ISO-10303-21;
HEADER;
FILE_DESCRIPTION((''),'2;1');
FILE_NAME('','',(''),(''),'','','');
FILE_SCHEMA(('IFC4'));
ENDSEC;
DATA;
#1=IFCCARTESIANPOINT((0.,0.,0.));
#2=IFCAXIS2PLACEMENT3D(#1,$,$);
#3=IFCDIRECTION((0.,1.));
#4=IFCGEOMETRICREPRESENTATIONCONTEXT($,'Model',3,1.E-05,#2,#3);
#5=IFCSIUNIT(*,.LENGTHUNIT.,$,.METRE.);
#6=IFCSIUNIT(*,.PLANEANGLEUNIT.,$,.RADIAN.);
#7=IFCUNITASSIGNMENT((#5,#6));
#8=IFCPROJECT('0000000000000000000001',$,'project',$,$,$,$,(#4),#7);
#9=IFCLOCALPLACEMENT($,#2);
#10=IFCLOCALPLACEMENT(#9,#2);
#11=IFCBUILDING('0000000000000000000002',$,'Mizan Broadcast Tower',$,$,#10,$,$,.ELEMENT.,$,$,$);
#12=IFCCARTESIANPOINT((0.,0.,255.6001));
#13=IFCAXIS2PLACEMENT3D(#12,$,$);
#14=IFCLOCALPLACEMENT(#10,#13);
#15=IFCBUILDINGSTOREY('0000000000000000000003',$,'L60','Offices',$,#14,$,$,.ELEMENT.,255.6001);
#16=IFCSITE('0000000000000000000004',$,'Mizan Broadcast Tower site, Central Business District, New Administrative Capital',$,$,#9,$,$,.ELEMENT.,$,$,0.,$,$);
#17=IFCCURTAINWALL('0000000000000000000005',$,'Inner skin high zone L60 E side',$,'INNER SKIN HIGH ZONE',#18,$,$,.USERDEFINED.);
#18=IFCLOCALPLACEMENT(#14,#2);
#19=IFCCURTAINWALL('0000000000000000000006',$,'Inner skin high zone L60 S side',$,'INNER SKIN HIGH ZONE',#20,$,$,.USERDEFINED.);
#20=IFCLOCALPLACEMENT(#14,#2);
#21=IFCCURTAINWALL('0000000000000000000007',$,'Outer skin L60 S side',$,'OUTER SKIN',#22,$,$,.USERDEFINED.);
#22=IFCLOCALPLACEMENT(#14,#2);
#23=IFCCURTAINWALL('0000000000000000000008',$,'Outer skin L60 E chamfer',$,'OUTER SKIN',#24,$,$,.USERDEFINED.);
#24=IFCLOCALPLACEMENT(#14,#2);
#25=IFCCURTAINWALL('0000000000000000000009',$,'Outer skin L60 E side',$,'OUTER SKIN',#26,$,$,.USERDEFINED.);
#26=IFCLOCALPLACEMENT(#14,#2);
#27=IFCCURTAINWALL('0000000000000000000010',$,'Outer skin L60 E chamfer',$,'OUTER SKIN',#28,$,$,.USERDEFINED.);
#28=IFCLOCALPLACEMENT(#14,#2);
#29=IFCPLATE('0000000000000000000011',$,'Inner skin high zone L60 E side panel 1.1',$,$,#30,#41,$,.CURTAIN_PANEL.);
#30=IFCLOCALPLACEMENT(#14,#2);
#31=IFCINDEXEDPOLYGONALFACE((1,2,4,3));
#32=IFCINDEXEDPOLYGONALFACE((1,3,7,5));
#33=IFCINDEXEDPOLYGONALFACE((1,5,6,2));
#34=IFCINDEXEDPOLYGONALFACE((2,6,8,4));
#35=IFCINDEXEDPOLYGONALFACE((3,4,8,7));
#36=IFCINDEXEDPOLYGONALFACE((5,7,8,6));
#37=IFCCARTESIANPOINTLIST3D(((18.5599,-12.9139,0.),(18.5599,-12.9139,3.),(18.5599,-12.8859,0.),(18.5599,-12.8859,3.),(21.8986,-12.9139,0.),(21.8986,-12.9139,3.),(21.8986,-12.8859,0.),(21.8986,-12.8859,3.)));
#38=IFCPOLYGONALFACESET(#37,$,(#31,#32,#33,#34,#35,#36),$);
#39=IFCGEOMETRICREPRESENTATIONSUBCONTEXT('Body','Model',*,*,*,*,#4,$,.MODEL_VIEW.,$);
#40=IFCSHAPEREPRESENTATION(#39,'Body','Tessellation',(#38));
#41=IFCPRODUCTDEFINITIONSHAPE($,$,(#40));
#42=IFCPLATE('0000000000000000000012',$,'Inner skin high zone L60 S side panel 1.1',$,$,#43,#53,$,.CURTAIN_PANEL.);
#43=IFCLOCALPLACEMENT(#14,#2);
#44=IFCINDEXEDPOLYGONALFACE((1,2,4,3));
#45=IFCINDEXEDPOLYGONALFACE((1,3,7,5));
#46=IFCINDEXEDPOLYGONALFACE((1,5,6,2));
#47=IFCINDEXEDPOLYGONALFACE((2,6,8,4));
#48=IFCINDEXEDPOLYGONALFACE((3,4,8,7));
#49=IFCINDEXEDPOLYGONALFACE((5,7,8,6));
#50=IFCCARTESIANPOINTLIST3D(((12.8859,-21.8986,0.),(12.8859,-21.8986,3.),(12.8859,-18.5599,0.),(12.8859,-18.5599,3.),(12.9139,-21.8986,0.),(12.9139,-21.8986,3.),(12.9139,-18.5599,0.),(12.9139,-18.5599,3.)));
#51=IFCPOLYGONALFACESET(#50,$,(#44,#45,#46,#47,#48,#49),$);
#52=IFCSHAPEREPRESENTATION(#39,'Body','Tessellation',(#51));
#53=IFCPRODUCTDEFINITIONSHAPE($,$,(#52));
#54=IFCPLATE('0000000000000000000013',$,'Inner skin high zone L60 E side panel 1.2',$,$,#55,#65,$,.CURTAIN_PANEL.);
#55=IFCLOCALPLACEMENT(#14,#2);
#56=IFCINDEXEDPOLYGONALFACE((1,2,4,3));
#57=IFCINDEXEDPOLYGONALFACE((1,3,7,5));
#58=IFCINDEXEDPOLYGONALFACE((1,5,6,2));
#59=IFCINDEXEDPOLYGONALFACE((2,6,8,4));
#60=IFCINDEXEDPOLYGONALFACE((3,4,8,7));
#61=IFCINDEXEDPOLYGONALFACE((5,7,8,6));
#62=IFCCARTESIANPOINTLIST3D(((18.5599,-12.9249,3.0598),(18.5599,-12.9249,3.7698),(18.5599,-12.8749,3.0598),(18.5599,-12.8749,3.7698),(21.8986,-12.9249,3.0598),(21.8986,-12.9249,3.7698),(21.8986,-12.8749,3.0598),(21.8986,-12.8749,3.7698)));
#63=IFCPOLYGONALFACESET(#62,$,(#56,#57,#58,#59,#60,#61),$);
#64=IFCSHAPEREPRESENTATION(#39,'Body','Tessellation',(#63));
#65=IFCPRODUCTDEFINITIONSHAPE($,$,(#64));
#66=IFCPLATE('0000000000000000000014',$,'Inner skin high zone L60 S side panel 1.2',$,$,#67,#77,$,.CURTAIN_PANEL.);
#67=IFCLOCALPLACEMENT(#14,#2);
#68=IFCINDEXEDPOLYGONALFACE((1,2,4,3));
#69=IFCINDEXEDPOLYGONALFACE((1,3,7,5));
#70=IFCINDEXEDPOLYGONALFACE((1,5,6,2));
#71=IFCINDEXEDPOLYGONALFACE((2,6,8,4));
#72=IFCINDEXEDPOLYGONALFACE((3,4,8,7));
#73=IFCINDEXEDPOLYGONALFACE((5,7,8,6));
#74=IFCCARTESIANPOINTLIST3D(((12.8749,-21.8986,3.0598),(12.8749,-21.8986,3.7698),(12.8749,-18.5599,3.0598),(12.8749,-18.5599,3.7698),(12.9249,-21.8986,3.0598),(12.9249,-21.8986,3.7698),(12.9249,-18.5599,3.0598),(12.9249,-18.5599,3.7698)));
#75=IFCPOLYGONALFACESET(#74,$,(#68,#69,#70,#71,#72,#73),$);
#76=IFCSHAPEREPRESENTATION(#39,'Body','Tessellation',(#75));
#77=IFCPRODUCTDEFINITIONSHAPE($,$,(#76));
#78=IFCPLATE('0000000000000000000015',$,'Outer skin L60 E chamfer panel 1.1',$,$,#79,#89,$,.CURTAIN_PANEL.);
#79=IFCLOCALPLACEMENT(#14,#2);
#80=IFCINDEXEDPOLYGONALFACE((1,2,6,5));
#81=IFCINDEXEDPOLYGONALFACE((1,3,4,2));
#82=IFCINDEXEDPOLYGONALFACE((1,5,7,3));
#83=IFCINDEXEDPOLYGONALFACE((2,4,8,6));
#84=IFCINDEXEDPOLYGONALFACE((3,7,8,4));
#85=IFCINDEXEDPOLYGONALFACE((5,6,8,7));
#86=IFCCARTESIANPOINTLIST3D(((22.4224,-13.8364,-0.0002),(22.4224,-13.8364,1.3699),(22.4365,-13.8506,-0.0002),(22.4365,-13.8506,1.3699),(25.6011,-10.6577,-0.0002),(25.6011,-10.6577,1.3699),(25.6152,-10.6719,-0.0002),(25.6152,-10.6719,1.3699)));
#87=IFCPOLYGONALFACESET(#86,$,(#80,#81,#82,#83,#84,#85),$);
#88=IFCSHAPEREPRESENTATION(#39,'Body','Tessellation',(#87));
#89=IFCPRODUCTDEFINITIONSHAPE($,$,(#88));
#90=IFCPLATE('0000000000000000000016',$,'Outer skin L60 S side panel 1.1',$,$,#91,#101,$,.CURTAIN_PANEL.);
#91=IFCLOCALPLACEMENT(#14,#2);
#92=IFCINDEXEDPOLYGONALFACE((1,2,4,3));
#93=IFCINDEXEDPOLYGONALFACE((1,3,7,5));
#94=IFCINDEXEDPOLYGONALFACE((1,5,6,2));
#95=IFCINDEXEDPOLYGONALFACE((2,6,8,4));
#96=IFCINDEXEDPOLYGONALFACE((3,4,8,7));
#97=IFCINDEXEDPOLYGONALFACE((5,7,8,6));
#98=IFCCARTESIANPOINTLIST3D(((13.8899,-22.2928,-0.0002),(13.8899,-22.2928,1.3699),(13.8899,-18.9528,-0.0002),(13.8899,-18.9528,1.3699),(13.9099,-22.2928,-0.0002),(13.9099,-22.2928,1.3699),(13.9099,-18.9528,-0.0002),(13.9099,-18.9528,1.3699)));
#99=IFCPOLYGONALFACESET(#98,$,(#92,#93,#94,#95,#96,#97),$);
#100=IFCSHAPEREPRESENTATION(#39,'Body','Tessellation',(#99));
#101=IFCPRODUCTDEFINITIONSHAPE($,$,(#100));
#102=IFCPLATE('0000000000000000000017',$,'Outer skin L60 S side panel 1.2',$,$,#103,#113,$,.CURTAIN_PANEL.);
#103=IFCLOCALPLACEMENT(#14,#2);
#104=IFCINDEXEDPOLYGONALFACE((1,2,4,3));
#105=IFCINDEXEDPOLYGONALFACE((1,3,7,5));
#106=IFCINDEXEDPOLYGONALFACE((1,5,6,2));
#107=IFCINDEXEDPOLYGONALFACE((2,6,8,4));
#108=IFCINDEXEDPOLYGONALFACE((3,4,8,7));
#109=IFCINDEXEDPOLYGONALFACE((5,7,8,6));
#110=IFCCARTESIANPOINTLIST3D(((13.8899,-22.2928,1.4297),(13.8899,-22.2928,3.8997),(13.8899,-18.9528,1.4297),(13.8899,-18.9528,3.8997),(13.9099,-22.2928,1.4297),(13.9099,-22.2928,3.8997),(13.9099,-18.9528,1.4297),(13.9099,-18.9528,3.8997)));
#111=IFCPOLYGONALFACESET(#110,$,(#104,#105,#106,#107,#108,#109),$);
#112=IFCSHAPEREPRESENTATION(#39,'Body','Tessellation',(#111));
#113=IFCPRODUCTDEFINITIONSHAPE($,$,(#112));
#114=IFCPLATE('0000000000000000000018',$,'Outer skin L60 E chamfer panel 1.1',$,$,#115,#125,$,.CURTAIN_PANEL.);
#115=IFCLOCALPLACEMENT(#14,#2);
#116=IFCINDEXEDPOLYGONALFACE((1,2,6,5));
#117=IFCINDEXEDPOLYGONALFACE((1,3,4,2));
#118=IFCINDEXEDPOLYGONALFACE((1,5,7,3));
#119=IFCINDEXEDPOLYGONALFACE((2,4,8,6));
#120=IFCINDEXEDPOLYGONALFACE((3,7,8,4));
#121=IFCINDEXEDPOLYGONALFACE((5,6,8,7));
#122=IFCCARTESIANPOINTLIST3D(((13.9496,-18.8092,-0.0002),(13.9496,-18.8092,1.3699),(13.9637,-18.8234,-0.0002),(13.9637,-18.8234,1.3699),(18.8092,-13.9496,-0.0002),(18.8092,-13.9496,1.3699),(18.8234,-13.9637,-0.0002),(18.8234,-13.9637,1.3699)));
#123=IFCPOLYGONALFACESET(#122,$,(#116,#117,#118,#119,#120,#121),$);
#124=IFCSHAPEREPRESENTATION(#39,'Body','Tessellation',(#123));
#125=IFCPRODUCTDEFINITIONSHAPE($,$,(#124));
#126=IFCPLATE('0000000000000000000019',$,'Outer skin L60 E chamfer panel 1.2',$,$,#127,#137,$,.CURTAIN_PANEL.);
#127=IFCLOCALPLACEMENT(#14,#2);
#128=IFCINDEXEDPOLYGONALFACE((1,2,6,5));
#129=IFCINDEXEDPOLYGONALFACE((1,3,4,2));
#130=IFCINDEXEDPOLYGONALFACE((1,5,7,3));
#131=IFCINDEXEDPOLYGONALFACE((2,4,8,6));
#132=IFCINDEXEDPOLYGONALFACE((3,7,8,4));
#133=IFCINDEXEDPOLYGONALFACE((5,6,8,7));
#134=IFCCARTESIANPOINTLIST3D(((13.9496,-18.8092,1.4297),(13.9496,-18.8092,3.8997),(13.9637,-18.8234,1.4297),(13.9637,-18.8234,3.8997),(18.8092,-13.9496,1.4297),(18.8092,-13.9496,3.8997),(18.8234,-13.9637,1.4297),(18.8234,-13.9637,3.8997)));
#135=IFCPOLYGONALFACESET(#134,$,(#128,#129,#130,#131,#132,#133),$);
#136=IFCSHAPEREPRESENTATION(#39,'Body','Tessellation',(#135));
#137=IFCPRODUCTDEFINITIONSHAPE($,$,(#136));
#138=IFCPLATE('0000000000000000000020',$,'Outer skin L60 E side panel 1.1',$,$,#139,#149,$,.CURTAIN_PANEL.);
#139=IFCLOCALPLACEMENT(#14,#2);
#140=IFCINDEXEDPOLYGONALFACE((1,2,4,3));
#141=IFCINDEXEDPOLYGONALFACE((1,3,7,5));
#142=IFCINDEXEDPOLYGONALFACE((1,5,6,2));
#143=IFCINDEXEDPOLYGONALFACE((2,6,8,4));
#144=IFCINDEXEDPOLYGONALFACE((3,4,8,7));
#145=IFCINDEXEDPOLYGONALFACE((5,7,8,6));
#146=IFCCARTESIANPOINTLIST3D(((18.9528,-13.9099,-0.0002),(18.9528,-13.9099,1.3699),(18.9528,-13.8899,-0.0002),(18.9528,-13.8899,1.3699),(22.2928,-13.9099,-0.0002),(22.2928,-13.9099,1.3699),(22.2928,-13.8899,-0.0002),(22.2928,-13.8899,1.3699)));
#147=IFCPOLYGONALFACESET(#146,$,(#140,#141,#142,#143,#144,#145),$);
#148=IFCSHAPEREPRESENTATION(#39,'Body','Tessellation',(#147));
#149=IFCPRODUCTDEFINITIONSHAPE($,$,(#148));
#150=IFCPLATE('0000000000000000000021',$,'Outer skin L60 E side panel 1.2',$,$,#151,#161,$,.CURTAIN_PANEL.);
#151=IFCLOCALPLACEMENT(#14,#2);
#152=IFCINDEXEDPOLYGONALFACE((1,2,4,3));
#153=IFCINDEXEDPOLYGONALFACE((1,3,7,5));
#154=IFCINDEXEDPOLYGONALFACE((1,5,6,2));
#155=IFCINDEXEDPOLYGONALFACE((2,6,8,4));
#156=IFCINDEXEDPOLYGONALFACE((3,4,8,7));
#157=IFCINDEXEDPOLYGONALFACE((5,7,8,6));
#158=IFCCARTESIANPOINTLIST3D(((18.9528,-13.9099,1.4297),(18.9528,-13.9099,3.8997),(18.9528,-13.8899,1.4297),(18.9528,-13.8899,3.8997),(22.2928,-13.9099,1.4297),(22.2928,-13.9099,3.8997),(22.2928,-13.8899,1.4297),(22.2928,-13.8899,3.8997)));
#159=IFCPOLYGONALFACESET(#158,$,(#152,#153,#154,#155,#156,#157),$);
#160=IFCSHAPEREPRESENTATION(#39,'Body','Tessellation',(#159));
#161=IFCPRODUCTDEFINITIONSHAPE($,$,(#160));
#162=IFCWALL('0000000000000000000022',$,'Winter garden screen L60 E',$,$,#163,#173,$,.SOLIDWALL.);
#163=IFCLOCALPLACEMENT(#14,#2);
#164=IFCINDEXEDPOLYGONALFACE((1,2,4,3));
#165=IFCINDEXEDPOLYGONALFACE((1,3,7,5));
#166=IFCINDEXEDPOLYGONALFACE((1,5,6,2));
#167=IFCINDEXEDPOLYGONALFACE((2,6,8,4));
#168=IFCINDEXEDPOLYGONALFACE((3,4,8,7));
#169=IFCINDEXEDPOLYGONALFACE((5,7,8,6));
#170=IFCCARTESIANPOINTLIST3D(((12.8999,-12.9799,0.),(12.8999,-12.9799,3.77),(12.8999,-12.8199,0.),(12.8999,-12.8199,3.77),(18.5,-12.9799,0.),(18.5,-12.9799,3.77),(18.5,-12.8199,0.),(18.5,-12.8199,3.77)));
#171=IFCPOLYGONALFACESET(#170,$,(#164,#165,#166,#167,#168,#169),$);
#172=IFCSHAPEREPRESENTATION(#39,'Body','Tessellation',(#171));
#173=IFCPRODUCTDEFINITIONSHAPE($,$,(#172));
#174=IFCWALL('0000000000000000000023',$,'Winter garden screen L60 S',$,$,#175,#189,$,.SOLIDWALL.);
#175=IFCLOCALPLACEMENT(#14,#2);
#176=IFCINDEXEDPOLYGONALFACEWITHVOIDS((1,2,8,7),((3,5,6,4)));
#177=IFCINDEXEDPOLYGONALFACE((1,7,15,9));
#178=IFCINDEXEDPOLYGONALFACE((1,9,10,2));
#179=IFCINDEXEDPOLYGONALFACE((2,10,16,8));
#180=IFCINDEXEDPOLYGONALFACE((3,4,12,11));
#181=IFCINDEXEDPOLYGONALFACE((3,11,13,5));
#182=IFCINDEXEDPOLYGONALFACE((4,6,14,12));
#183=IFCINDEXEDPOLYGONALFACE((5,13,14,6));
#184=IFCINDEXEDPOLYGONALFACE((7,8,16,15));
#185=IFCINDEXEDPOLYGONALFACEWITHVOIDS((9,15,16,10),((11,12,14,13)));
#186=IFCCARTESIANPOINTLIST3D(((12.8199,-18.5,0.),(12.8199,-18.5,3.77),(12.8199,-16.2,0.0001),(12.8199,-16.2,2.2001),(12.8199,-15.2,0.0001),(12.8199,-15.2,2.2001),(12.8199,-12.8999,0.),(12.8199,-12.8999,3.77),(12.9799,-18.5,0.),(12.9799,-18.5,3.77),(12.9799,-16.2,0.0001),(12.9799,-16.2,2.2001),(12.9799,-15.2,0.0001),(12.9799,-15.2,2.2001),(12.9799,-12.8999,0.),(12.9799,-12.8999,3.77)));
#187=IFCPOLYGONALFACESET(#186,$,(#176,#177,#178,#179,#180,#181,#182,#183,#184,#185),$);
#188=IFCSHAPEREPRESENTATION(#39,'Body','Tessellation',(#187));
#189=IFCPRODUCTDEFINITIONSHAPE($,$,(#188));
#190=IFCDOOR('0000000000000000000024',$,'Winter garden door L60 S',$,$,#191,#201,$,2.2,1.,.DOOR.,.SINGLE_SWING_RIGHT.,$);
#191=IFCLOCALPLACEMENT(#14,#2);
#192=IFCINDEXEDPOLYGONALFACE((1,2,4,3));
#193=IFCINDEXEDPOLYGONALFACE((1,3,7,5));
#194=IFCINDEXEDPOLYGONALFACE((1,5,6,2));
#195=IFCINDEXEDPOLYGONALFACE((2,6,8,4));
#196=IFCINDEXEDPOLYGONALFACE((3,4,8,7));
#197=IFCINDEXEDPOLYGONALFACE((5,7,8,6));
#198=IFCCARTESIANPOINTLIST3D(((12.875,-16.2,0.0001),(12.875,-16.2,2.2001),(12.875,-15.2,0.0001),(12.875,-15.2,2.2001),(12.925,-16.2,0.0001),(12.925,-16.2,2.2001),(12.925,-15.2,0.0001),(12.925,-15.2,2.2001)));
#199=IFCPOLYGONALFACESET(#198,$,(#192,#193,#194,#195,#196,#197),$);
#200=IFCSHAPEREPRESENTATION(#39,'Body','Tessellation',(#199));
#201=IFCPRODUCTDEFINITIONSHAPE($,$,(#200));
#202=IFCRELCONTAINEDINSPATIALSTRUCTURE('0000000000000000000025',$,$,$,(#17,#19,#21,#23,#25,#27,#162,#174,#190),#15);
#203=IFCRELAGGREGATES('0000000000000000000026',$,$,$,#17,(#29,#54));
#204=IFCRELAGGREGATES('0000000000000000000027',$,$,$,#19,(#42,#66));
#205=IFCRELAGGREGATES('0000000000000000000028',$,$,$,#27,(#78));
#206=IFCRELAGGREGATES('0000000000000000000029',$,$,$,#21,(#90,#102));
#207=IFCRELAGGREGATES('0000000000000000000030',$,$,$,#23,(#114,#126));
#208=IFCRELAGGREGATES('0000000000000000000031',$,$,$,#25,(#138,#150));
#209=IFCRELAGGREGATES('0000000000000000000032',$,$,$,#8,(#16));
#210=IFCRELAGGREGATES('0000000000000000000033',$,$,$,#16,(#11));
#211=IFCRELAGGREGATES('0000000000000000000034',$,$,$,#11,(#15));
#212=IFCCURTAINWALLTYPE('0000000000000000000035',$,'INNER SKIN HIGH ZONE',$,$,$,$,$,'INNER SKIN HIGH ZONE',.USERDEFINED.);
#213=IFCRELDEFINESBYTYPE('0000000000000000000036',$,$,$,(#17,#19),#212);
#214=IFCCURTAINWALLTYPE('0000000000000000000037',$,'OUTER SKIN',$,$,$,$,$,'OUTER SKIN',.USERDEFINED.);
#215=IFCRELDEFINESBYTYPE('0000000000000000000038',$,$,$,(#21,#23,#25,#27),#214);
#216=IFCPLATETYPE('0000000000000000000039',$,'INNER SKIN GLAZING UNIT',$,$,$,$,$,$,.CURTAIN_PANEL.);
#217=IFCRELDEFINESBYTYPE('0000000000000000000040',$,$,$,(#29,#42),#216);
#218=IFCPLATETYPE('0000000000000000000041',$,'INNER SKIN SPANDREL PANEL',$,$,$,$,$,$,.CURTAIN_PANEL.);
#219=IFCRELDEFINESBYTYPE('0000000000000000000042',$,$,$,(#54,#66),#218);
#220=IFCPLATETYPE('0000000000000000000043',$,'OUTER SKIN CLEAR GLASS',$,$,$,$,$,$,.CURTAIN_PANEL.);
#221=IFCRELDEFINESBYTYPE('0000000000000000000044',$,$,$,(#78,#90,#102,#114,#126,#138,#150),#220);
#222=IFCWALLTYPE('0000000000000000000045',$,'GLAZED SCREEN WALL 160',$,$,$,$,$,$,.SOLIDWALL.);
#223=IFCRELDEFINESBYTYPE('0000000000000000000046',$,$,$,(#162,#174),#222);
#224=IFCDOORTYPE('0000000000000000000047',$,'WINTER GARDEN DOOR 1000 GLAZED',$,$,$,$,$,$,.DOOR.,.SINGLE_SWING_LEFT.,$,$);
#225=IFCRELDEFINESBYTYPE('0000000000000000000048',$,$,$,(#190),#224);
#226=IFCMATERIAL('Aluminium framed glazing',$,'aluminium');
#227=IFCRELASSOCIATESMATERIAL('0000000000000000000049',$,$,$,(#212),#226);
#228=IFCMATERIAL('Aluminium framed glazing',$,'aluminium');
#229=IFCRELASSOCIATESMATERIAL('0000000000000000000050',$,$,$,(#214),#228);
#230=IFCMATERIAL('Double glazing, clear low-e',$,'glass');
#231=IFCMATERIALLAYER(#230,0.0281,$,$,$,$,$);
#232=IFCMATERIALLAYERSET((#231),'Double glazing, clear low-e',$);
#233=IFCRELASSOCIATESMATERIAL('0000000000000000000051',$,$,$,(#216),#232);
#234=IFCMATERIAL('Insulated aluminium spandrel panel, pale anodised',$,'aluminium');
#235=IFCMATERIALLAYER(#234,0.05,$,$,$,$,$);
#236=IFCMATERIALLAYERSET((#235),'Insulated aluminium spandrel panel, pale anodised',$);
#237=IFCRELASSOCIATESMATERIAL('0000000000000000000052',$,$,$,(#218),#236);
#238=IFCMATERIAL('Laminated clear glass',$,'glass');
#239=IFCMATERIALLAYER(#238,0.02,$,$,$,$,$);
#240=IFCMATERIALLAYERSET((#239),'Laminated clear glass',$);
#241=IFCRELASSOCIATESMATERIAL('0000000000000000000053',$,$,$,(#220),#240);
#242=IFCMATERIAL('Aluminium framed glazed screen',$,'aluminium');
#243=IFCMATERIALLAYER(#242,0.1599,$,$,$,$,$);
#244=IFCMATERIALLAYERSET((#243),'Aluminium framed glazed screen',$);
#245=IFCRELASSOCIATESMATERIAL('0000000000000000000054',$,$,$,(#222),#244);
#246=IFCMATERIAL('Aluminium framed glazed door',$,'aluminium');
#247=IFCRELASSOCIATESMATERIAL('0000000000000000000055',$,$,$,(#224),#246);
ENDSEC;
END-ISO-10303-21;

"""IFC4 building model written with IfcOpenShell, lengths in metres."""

from ifc_helpers import new_model, si_unit, direction, frame, frame_2d, origin, origin_2d, place, context, subcontext, project, spatial, rectangle, extrude, material, layer, layer_set, type_object, element, fill, aggregate, save


model = new_model("IFC4")

# Units and contexts
model_context = context("Model", 3, precision=1e-05, world=origin(), true_north=direction((0.0, 1.0)))
body_context = subcontext(model_context, "Body", "Model", "MODEL_VIEW")
ifc_project = project(units=[si_unit("LENGTHUNIT", "METRE"), si_unit("PLANEANGLEUNIT", "RADIAN")], contexts=[model_context])

# Site, building, storey
site_placement = place(None, origin())
site = spatial("IfcSite", under=ifc_project, at=site_placement, Name="Mizan Broadcast Tower site, Central Business District, New Administrative Capital", CompositionType="ELEMENT", RefElevation=0.0)
building_placement = place(site_placement, origin())
building = spatial("IfcBuilding", under=site, at=building_placement, Name="Mizan Broadcast Tower", CompositionType="ELEMENT")
storey_placement = place(building_placement, frame((0.0, 0.0, 255.6001)))
storey = spatial("IfcBuildingStorey", under=building, at=storey_placement, Name="L60", Description="Offices", CompositionType="ELEMENT", Elevation=255.6001)

# Curtain walls
ifc_material_1 = material(Name="Aluminium framed glazing", Category="aluminium")
curtain_wall_type_1 = type_object("IfcCurtainWallType", Name="INNER SKIN HIGH ZONE", ElementType="INNER SKIN HIGH ZONE", PredefinedType="USERDEFINED", material=ifc_material_1)
curtain_wall_1_placement = place(storey_placement, origin())
curtain_wall_1 = element("IfcCurtainWall", 1, at=curtain_wall_1_placement, inside=storey, type_object=curtain_wall_type_1, Name="Inner skin high zone L60 E side", ObjectType="INNER SKIN HIGH ZONE", PredefinedType="USERDEFINED")
curtain_wall_2_placement = place(storey_placement, origin())
curtain_wall_2 = element("IfcCurtainWall", 2, at=curtain_wall_2_placement, inside=storey, type_object=curtain_wall_type_1, Name="Inner skin high zone L60 S side", ObjectType="INNER SKIN HIGH ZONE", PredefinedType="USERDEFINED")

# Curtain walls
ifc_material_2 = material(Name="Aluminium framed glazing", Category="aluminium")
curtain_wall_type_2 = type_object("IfcCurtainWallType", Name="OUTER SKIN", ElementType="OUTER SKIN", PredefinedType="USERDEFINED", material=ifc_material_2)
curtain_wall_3_placement = place(storey_placement, origin())
curtain_wall_3 = element("IfcCurtainWall", 3, at=curtain_wall_3_placement, inside=storey, type_object=curtain_wall_type_2, Name="Outer skin L60 S side", ObjectType="OUTER SKIN", PredefinedType="USERDEFINED")
curtain_wall_4_placement = place(storey_placement, origin())
curtain_wall_4 = element("IfcCurtainWall", 4, at=curtain_wall_4_placement, inside=storey, type_object=curtain_wall_type_2, Name="Outer skin L60 E chamfer", ObjectType="OUTER SKIN", PredefinedType="USERDEFINED")
curtain_wall_5_placement = place(storey_placement, origin())
curtain_wall_5 = element("IfcCurtainWall", 5, at=curtain_wall_5_placement, inside=storey, type_object=curtain_wall_type_2, Name="Outer skin L60 E side", ObjectType="OUTER SKIN", PredefinedType="USERDEFINED")
curtain_wall_6_placement = place(storey_placement, origin())
curtain_wall_6 = element("IfcCurtainWall", 6, at=curtain_wall_6_placement, inside=storey, type_object=curtain_wall_type_2, Name="Outer skin L60 E chamfer", ObjectType="OUTER SKIN", PredefinedType="USERDEFINED")

# Plates
ifc_material_3 = material(Name="Double glazing, clear low-e", Category="glass")
ifc_layer_1 = layer(ifc_material_3, 0.0281)
ifc_layer_set_1 = layer_set([ifc_layer_1], Name="Double glazing, clear low-e")
plate_type_1 = type_object("IfcPlateType", Name="INNER SKIN GLAZING UNIT", PredefinedType="CURTAIN_PANEL", material=ifc_layer_set_1)
plate_1_placement = place(storey_placement, frame((20.2292, -12.8999, 0.0), z_axis=(0.0, 0.0, 1.0), x_axis=(1.0, 0.0, 0.0)))
plate_1 = element("IfcPlate", 7, at=plate_1_placement, type_object=plate_type_1, Name="Inner skin high zone L60 E side panel 1.1", PredefinedType="CURTAIN_PANEL", context=body_context, shape_type="SweptSolid", body=[
    extrude(rectangle(XDim=3.3386, YDim=0.0281, at=origin_2d()), origin(), (0.0, 0.0, 1.0), 3.0),
])
plate_2_placement = place(storey_placement, frame((12.8999, -20.2292, 0.0), z_axis=(0.0, 0.0, 1.0), x_axis=(0.0, 1.0, 0.0)))
plate_2 = element("IfcPlate", 8, at=plate_2_placement, type_object=plate_type_1, Name="Inner skin high zone L60 S side panel 1.1", PredefinedType="CURTAIN_PANEL", context=body_context, shape_type="SweptSolid", body=[
    extrude(rectangle(XDim=3.3386, YDim=0.0281, at=origin_2d()), origin(), (0.0, 0.0, 1.0), 3.0),
])
ifc_material_4 = material(Name="Insulated aluminium spandrel panel, pale anodised", Category="aluminium")
ifc_layer_2 = layer(ifc_material_4, 0.05)
ifc_layer_set_2 = layer_set([ifc_layer_2], Name="Insulated aluminium spandrel panel, pale anodised")
plate_type_2 = type_object("IfcPlateType", Name="INNER SKIN SPANDREL PANEL", PredefinedType="CURTAIN_PANEL", material=ifc_layer_set_2)
plate_3_placement = place(storey_placement, frame((20.2292, -12.8999, 3.0598), z_axis=(0.0, 0.0, 1.0), x_axis=(1.0, 0.0, 0.0)))
plate_3 = element("IfcPlate", 9, at=plate_3_placement, type_object=plate_type_2, Name="Inner skin high zone L60 E side panel 1.2", PredefinedType="CURTAIN_PANEL", context=body_context, shape_type="SweptSolid", body=[
    extrude(rectangle(XDim=3.3386, YDim=0.05, at=origin_2d()), origin(), (0.0, 0.0, 1.0), 0.71),
])
aggregate(curtain_wall_1, [plate_1, plate_3])
plate_4_placement = place(storey_placement, frame((12.8999, -20.2292, 3.0598), z_axis=(0.0, 0.0, 1.0), x_axis=(0.0, 1.0, 0.0)))
plate_4 = element("IfcPlate", 10, at=plate_4_placement, type_object=plate_type_2, Name="Inner skin high zone L60 S side panel 1.2", PredefinedType="CURTAIN_PANEL", context=body_context, shape_type="SweptSolid", body=[
    extrude(rectangle(XDim=3.3386, YDim=0.05, at=origin_2d()), origin(), (0.0, 0.0, 1.0), 0.71),
])
aggregate(curtain_wall_2, [plate_2, plate_4])
ifc_material_5 = material(Name="Laminated clear glass", Category="glass")
ifc_layer_3 = layer(ifc_material_5, 0.02)
ifc_layer_set_3 = layer_set([ifc_layer_3], Name="Laminated clear glass")
plate_type_3 = type_object("IfcPlateType", Name="OUTER SKIN CLEAR GLASS", PredefinedType="CURTAIN_PANEL", material=ifc_layer_set_3)
plate_5_placement = place(storey_placement, frame((24.0188, -12.2542, -0.0002), z_axis=(0.0, 0.0, 1.0), x_axis=(0.707107, 0.707107, 0.0)))
plate_5 = element("IfcPlate", 11, at=plate_5_placement, type_object=plate_type_3, Name="Outer skin L60 E chamfer panel 1.1", PredefinedType="CURTAIN_PANEL", context=body_context, shape_type="SweptSolid", body=[
    extrude(rectangle(XDim=4.4954, YDim=0.02, at=origin_2d()), origin(), (0.0, 0.0, 1.0), 1.3701),
])
aggregate(curtain_wall_6, [plate_5])
plate_6_placement = place(storey_placement, frame((13.8999, -20.6228, -0.0002), z_axis=(0.0, 0.0, 1.0), x_axis=(0.0, 1.0, 0.0)))
plate_6 = element("IfcPlate", 12, at=plate_6_placement, type_object=plate_type_3, Name="Outer skin L60 S side panel 1.1", PredefinedType="CURTAIN_PANEL", context=body_context, shape_type="SweptSolid", body=[
    extrude(rectangle(XDim=3.3401, YDim=0.02, at=origin_2d()), origin(), (0.0, 0.0, 1.0), 1.3701),
])
plate_7_placement = place(storey_placement, frame((13.8999, -20.6228, 1.4297), z_axis=(0.0, 0.0, 1.0), x_axis=(0.0, 1.0, 0.0)))
plate_7 = element("IfcPlate", 13, at=plate_7_placement, type_object=plate_type_3, Name="Outer skin L60 S side panel 1.2", PredefinedType="CURTAIN_PANEL", context=body_context, shape_type="SweptSolid", body=[
    extrude(rectangle(XDim=3.3401, YDim=0.02, at=origin_2d()), origin(), (0.0, 0.0, 1.0), 2.47),
])
aggregate(curtain_wall_3, [plate_6, plate_7])
plate_8_placement = place(storey_placement, frame((16.3865, -16.3865, -0.0002), z_axis=(0.0, 0.0, 1.0), x_axis=(0.707107, 0.707107, 0.0)))
plate_8 = element("IfcPlate", 14, at=plate_8_placement, type_object=plate_type_3, Name="Outer skin L60 E chamfer panel 1.1", PredefinedType="CURTAIN_PANEL", context=body_context, shape_type="SweptSolid", body=[
    extrude(rectangle(XDim=6.8726, YDim=0.02, at=origin_2d()), origin(), (0.0, 0.0, 1.0), 1.3701),
])
plate_9_placement = place(storey_placement, frame((16.3865, -16.3865, 1.4297), z_axis=(0.0, 0.0, 1.0), x_axis=(0.707107, 0.707107, 0.0)))
plate_9 = element("IfcPlate", 15, at=plate_9_placement, type_object=plate_type_3, Name="Outer skin L60 E chamfer panel 1.2", PredefinedType="CURTAIN_PANEL", context=body_context, shape_type="SweptSolid", body=[
    extrude(rectangle(XDim=6.8726, YDim=0.02, at=origin_2d()), origin(), (0.0, 0.0, 1.0), 2.47),
])
aggregate(curtain_wall_4, [plate_8, plate_9])
plate_10_placement = place(storey_placement, frame((20.6228, -13.8999, -0.0002), z_axis=(0.0, 0.0, 1.0), x_axis=(1.0, 0.0, 0.0)))
plate_10 = element("IfcPlate", 16, at=plate_10_placement, type_object=plate_type_3, Name="Outer skin L60 E side panel 1.1", PredefinedType="CURTAIN_PANEL", context=body_context, shape_type="SweptSolid", body=[
    extrude(rectangle(XDim=3.3401, YDim=0.02, at=origin_2d()), origin(), (0.0, 0.0, 1.0), 1.3701),
])
plate_11_placement = place(storey_placement, frame((20.6228, -13.8999, 1.4297), z_axis=(0.0, 0.0, 1.0), x_axis=(1.0, 0.0, 0.0)))
plate_11 = element("IfcPlate", 17, at=plate_11_placement, type_object=plate_type_3, Name="Outer skin L60 E side panel 1.2", PredefinedType="CURTAIN_PANEL", context=body_context, shape_type="SweptSolid", body=[
    extrude(rectangle(XDim=3.3401, YDim=0.02, at=origin_2d()), origin(), (0.0, 0.0, 1.0), 2.47),
])
aggregate(curtain_wall_5, [plate_10, plate_11])

# Wall
ifc_material_6 = material(Name="Aluminium framed glazed screen", Category="aluminium")
ifc_layer_4 = layer(ifc_material_6, 0.1599)
ifc_layer_set_4 = layer_set([ifc_layer_4], Name="Aluminium framed glazed screen")
wall_type = type_object("IfcWallType", Name="GLAZED SCREEN WALL 160", PredefinedType="SOLIDWALL", material=ifc_layer_set_4)
wall_1_placement = place(storey_placement, frame((12.8999, -12.8999, 0.0), z_axis=(0.0, 0.0, 1.0), x_axis=(1.0, 0.0, 0.0)))
element("IfcWall", 18, at=wall_1_placement, inside=storey, type_object=wall_type, Name="Winter garden screen L60 E", PredefinedType="SOLIDWALL", context=body_context, shape_type="SweptSolid", body=[
    extrude(rectangle(XDim=5.6001, YDim=0.1599, at=frame_2d((2.8, 0.0))), origin(), (0.0, 0.0, 1.0), 3.77),
])

# Wall, opening, door
wall_2_placement = place(storey_placement, frame((12.8999, -18.5, 0.0), z_axis=(0.0, 0.0, 1.0), x_axis=(0.0, 1.0, 0.0)))
wall_2 = element("IfcWall", 19, at=wall_2_placement, inside=storey, type_object=wall_type, Name="Winter garden screen L60 S", PredefinedType="SOLIDWALL", context=body_context, shape_type="SweptSolid", body=[
    extrude(rectangle(XDim=5.6001, YDim=0.1599, at=frame_2d((2.8, 0.0))), origin(), (0.0, 0.0, 1.0), 3.77),
])
opening_placement = place(wall_2_placement, frame((2.3, 0.0, 0.0)))
opening = element("IfcOpeningElement", 20, at=opening_placement, cuts=wall_2, PredefinedType="OPENING", context=body_context, shape_type="SweptSolid", body=[
    extrude(rectangle(XDim=1.0, YDim=2.2, at=frame_2d((0.5, 1.1001))), frame((0.0, 0.0898, 0.0), z_axis=(0.0, -1.0, 0.0), x_axis=(1.0, 0.0, 0.0)), (0.0, 0.0, 1.0), 0.1799),
])
ifc_material_7 = material(Name="Aluminium framed glazed door", Category="aluminium")
door_type = type_object("IfcDoorType", Name="WINTER GARDEN DOOR 1000 GLAZED", OperationType="SINGLE_SWING_LEFT", PredefinedType="DOOR", material=ifc_material_7)
door_placement = place(opening_placement, origin())
door = element("IfcDoor", 21, at=door_placement, inside=storey, type_object=door_type, Name="Winter garden door L60 S", OperationType="SINGLE_SWING_RIGHT", OverallHeight=2.2, OverallWidth=1.0, PredefinedType="DOOR", context=body_context, shape_type="SweptSolid", body=[
    extrude(rectangle(XDim=1.0, YDim=2.2, at=frame_2d((0.5, 1.1001))), frame((0.0, 0.0249, 0.0), z_axis=(0.0, -1.0, 0.0), x_axis=(1.0, 0.0, 0.0)), (0.0, 0.0, 1.0), 0.05),
])
fill(opening, door)

save(model, "model.ifc")
